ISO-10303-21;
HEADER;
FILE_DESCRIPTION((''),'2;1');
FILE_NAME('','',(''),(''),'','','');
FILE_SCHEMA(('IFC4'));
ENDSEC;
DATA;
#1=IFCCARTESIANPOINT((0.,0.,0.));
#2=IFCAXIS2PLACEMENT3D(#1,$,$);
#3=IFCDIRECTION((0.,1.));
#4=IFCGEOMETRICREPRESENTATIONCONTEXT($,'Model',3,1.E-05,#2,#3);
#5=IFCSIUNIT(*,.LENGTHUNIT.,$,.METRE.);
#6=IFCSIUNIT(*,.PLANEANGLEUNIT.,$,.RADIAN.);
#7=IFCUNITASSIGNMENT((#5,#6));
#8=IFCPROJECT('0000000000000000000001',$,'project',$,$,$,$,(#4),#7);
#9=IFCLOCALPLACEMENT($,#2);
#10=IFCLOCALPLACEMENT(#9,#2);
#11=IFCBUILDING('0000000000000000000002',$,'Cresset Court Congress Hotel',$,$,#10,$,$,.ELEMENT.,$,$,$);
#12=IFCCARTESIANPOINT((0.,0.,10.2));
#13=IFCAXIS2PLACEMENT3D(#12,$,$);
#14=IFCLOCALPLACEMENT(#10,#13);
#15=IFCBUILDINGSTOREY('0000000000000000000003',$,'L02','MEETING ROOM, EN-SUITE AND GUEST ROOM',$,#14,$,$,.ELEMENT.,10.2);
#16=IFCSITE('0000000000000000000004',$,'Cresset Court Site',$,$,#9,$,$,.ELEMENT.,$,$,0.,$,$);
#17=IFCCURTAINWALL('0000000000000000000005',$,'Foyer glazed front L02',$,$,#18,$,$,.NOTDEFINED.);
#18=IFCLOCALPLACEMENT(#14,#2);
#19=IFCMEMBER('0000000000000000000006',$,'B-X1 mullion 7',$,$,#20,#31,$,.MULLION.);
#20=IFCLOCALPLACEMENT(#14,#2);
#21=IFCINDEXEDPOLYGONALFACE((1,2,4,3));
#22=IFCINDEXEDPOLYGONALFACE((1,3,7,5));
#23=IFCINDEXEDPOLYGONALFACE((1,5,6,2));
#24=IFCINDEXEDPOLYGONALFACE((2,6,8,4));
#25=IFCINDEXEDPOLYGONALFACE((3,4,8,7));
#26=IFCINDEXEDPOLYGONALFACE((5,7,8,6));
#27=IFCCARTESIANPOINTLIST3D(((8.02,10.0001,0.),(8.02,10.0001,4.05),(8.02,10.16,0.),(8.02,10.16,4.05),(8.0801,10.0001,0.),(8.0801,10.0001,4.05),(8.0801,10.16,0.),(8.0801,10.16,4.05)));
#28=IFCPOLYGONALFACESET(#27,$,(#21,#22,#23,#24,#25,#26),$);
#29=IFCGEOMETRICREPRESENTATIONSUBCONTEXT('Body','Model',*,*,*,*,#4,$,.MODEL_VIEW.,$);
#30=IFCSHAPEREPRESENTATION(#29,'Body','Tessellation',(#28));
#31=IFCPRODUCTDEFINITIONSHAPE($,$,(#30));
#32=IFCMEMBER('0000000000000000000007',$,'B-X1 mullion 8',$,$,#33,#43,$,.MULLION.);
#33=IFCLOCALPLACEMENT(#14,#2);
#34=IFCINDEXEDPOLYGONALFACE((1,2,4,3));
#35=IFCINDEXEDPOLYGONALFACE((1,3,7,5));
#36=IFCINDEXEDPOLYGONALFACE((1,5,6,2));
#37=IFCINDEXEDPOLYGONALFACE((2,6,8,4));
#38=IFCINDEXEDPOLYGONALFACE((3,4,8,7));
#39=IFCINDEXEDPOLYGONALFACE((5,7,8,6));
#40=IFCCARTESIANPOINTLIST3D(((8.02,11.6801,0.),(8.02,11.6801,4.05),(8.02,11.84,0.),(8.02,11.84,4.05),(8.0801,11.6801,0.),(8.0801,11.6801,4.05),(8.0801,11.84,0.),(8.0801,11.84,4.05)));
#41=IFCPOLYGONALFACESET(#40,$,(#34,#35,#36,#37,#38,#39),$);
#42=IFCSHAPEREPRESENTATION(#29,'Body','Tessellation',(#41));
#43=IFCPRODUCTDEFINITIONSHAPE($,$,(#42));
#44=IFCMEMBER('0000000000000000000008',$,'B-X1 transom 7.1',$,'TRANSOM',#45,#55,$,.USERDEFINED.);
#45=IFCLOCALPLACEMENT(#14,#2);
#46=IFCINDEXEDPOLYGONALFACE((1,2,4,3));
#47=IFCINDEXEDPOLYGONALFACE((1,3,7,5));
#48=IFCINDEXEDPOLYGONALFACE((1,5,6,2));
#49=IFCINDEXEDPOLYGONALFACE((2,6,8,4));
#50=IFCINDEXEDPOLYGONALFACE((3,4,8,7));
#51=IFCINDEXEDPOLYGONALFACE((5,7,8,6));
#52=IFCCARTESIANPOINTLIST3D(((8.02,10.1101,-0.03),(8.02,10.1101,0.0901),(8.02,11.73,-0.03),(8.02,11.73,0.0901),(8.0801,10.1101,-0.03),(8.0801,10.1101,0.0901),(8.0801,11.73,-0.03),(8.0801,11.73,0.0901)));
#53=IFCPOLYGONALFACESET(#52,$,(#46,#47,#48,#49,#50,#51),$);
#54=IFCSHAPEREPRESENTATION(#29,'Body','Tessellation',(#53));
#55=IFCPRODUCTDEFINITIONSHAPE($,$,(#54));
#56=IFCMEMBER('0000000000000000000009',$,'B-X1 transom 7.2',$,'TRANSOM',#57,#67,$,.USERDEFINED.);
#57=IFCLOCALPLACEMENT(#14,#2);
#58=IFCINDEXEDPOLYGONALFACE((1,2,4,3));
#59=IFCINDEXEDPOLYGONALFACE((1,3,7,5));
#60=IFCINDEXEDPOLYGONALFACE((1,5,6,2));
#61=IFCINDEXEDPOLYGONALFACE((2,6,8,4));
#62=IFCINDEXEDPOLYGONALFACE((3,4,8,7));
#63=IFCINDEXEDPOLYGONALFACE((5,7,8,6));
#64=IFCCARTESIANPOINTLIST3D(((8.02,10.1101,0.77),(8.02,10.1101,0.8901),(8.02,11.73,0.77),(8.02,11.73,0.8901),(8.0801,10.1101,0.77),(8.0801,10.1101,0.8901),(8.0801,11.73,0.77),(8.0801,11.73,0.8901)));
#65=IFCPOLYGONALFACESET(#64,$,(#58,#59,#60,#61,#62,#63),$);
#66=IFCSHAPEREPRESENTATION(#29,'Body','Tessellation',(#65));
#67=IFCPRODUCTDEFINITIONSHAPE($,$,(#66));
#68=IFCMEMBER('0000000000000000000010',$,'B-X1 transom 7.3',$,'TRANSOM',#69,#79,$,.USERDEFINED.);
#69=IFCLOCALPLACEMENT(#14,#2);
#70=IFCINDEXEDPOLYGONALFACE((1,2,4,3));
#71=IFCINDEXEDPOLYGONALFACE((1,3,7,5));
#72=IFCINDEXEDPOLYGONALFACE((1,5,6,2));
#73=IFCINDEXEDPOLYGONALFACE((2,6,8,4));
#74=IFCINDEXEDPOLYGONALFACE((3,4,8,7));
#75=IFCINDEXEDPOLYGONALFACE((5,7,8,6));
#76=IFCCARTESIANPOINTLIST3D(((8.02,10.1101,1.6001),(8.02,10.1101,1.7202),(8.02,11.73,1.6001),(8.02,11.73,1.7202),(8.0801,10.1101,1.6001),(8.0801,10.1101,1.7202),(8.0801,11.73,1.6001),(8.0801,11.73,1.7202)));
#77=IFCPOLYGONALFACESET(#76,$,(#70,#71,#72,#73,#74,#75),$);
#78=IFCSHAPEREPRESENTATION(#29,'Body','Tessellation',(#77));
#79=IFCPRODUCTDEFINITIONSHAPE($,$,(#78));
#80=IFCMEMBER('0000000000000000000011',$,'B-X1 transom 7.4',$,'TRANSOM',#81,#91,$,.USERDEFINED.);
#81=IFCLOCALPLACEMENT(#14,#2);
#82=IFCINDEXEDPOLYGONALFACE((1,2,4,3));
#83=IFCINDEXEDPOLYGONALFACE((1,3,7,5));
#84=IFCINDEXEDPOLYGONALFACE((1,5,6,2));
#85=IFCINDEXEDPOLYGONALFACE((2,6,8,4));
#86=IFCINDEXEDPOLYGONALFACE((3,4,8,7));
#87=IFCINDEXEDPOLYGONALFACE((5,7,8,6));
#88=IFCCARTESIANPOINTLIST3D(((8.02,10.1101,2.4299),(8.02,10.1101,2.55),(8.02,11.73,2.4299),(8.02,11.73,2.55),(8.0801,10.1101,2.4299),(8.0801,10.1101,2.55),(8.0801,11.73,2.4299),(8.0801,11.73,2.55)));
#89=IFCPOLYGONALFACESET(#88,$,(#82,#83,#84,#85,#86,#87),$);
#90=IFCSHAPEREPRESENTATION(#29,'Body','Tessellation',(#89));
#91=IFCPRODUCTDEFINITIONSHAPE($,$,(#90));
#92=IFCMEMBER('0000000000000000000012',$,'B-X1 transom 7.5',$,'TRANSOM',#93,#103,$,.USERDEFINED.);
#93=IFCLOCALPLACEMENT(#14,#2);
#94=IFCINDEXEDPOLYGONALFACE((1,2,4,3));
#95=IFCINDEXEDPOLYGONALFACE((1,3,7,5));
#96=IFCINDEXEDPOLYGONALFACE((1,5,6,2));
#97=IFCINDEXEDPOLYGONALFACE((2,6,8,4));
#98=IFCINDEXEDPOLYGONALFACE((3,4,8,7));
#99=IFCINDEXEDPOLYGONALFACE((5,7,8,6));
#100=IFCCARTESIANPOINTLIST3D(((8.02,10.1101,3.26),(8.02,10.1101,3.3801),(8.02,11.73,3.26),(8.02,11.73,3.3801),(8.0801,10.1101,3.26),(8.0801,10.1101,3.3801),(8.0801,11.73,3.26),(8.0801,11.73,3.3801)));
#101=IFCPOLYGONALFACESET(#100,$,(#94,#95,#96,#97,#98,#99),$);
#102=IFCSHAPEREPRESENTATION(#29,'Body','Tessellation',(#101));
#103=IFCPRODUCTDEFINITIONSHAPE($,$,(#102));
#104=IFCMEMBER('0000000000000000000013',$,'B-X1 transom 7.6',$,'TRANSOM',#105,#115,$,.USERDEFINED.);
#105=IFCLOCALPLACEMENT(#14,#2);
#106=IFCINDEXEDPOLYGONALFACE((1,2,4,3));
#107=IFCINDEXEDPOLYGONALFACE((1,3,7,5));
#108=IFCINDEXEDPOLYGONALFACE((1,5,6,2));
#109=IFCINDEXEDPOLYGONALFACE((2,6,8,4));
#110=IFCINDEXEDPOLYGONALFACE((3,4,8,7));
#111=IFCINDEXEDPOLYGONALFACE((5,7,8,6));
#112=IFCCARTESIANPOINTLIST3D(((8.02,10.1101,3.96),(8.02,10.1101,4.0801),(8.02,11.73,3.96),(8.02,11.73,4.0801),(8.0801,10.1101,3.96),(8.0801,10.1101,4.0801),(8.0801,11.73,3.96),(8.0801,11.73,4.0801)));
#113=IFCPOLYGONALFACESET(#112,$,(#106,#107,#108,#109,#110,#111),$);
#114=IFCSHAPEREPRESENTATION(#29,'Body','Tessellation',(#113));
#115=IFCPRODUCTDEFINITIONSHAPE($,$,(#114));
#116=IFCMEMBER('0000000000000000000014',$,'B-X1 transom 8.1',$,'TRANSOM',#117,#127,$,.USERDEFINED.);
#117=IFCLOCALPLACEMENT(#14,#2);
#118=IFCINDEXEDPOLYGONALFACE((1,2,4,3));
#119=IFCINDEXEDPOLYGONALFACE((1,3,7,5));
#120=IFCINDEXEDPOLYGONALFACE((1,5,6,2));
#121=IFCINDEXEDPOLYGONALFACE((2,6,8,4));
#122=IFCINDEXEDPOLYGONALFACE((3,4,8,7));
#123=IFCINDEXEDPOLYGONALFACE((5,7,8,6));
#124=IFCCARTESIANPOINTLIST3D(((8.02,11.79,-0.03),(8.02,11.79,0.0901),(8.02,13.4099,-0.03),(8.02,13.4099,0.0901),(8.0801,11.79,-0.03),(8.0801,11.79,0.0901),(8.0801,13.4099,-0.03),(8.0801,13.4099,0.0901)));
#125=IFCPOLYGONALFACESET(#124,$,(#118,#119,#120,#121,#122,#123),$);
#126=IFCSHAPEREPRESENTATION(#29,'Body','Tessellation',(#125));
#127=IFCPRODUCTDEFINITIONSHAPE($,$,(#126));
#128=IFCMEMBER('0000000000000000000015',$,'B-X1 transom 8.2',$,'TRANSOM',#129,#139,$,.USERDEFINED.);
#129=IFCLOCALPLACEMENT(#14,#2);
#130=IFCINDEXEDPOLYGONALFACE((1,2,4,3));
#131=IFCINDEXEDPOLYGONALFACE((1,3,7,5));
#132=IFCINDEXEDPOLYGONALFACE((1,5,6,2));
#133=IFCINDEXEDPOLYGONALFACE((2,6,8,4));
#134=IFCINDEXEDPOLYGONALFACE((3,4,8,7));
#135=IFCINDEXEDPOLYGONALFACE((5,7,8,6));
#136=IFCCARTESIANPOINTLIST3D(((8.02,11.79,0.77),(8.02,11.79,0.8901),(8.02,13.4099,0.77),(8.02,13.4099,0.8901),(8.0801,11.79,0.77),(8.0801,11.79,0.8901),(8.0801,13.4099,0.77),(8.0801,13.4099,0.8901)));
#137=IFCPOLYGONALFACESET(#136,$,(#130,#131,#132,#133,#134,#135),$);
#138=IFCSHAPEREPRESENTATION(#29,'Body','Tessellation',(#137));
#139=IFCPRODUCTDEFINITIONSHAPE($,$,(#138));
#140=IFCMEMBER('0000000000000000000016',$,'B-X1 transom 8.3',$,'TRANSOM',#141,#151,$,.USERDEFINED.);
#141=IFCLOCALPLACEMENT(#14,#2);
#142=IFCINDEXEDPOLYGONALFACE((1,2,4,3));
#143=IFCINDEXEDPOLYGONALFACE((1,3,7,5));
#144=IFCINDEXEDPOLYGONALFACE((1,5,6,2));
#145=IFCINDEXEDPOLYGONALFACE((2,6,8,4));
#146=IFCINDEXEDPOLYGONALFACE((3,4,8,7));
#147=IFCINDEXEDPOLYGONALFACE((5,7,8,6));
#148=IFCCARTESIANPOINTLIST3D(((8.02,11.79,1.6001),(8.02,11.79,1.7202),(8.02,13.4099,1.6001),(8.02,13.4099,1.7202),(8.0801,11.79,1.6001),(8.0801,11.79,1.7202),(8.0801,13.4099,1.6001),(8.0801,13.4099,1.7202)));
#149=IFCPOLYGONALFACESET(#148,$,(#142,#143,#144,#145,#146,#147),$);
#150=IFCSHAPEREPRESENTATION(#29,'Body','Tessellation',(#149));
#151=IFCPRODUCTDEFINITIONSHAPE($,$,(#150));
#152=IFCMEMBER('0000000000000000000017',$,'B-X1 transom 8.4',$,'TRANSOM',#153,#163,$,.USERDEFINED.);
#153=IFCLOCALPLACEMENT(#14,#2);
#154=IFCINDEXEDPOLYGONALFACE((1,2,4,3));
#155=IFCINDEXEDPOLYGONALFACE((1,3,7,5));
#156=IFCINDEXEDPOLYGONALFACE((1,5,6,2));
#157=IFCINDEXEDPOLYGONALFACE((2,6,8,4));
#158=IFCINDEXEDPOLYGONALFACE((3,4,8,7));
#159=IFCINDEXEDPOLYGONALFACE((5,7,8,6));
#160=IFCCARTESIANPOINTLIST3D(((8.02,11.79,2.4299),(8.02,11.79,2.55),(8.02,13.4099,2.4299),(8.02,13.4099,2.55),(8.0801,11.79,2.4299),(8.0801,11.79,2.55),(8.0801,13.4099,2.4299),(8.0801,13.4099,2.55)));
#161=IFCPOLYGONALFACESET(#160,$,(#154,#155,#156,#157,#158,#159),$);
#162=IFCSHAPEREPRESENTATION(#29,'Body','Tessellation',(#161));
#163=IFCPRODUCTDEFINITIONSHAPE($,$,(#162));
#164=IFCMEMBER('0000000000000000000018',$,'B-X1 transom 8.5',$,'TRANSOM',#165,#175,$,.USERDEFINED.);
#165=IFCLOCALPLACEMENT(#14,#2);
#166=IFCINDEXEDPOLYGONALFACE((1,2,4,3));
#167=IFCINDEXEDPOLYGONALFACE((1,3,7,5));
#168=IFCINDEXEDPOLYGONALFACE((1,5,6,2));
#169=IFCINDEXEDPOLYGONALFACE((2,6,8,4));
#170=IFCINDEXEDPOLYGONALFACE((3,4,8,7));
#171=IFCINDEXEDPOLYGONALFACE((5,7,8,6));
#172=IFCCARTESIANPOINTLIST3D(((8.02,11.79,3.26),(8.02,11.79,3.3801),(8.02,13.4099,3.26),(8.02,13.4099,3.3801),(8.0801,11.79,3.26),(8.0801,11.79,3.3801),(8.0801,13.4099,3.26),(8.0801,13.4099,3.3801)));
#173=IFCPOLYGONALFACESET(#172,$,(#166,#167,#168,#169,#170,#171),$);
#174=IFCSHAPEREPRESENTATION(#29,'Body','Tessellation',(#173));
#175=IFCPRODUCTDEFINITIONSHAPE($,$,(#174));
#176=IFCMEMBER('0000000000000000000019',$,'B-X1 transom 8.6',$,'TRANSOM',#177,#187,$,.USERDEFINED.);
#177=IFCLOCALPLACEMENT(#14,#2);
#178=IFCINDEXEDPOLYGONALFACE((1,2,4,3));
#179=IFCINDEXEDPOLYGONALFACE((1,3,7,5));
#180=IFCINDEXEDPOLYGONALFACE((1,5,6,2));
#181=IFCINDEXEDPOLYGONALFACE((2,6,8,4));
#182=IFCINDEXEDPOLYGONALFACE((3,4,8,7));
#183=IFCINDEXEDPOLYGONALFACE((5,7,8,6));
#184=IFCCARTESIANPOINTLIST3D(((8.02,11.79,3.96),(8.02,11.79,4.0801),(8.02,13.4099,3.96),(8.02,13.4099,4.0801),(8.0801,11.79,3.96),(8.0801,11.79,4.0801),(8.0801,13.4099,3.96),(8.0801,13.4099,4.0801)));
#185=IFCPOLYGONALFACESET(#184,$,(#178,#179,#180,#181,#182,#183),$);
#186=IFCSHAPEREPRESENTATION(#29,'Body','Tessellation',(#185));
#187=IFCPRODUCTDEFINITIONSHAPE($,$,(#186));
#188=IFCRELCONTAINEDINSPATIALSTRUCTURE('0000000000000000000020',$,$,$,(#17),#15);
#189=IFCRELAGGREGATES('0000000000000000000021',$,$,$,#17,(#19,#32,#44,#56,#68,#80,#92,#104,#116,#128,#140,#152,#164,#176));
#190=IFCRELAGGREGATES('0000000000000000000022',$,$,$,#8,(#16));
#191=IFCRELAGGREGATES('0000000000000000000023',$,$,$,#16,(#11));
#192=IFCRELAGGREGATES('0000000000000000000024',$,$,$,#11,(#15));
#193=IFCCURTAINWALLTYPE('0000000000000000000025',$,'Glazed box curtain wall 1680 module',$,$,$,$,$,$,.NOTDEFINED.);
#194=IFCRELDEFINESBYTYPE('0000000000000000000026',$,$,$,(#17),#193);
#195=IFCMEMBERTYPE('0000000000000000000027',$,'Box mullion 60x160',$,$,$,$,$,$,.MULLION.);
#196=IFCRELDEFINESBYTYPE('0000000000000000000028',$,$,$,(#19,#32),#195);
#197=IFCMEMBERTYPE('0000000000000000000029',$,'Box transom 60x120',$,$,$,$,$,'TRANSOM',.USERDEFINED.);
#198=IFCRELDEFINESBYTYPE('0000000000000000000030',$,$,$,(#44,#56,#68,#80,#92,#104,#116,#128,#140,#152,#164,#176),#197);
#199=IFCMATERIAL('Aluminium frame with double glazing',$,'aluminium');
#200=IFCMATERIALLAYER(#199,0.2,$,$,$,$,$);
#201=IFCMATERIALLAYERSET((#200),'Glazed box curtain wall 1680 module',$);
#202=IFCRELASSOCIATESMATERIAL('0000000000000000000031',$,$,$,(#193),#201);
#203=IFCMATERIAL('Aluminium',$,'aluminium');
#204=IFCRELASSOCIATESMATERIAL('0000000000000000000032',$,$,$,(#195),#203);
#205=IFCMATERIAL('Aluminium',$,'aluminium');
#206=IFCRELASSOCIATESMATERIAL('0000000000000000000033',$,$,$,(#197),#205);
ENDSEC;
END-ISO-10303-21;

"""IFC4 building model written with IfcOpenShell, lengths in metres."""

from ifc_helpers import new_model, si_unit, direction, frame, origin, origin_2d, place, context, subcontext, project, spatial, rectangle, extrude, material, layer, layer_set, material_profile, profile_set, type_object, element, aggregate, save


model = new_model("IFC4")

# Units and contexts
model_context = context("Model", 3, precision=1e-05, world=origin(), true_north=direction((0.0, 1.0)))
body_context = subcontext(model_context, "Body", "Model", "MODEL_VIEW")
ifc_project = project(units=[si_unit("LENGTHUNIT", "METRE"), si_unit("PLANEANGLEUNIT", "RADIAN")], contexts=[model_context])

# Site, building, storey
site_placement = place(None, origin())
site = spatial("IfcSite", under=ifc_project, at=site_placement, Name="Cresset Court Site", CompositionType="ELEMENT", RefElevation=0.0)
building_placement = place(site_placement, origin())
building = spatial("IfcBuilding", under=site, at=building_placement, Name="Cresset Court Congress Hotel", CompositionType="ELEMENT")
storey_placement = place(building_placement, frame((0.0, 0.0, 10.2)))
storey = spatial("IfcBuildingStorey", under=building, at=storey_placement, Name="L02", Description="MEETING ROOM, EN-SUITE AND GUEST ROOM", CompositionType="ELEMENT", Elevation=10.2)

# Curtain wall, members
ifc_material_1 = material(Name="Aluminium frame with double glazing", Category="aluminium")
ifc_layer_1 = layer(ifc_material_1, 0.2)
ifc_layer_set_1 = layer_set([ifc_layer_1], Name="Glazed box curtain wall 1680 module")
curtain_wall_type = type_object("IfcCurtainWallType", Name="Glazed box curtain wall 1680 module", PredefinedType="NOTDEFINED", material=ifc_layer_set_1)
curtain_wall_placement = place(storey_placement, origin())
curtain_wall = element("IfcCurtainWall", 1, at=curtain_wall_placement, inside=storey, type_object=curtain_wall_type, Name="Foyer glazed front L02", PredefinedType="NOTDEFINED")
ifc_material_2 = material(Name="Aluminium", Category="aluminium")
ifc_material_profile_1 = material_profile(ifc_material_2, rectangle(XDim=0.0601, YDim=0.1599, at=origin_2d()), Name="Box mullion 60x160")
ifc_profile_set_1 = profile_set([ifc_material_profile_1], Name="Aluminium")
member_type_1 = type_object("IfcMemberType", Name="Box mullion 60x160", PredefinedType="MULLION", material=ifc_profile_set_1)
member_1_placement = place(storey_placement, frame((8.05, 10.0801, 0.0), z_axis=(0.0, 0.0, 1.0), x_axis=(-1.0, 0.0, 0.0)))
member_1 = element("IfcMember", 2, at=member_1_placement, type_object=member_type_1, Name="B-X1 mullion 7", PredefinedType="MULLION", context=body_context, shape_type="SweptSolid", body=[
    extrude(rectangle(XDim=0.0601, YDim=0.1599, at=origin_2d()), origin(), (0.0, 0.0, 1.0), 4.05),
])
member_2_placement = place(storey_placement, frame((8.05, 11.76, 0.0), z_axis=(0.0, 0.0, 1.0), x_axis=(-1.0, 0.0, 0.0)))
member_2 = element("IfcMember", 3, at=member_2_placement, type_object=member_type_1, Name="B-X1 mullion 8", PredefinedType="MULLION", context=body_context, shape_type="SweptSolid", body=[
    extrude(rectangle(XDim=0.0601, YDim=0.1599, at=origin_2d()), origin(), (0.0, 0.0, 1.0), 4.05),
])
ifc_material_3 = material(Name="Aluminium", Category="aluminium")
ifc_material_profile_2 = material_profile(ifc_material_3, rectangle(XDim=0.0601, YDim=0.1201, at=origin_2d()), Name="Box transom 60x120")
ifc_profile_set_2 = profile_set([ifc_material_profile_2], Name="Aluminium")
member_type_2 = type_object("IfcMemberType", Name="Box transom 60x120", ElementType="TRANSOM", PredefinedType="USERDEFINED", material=ifc_profile_set_2)
member_3_placement = place(storey_placement, frame((8.05, 10.1101, 0.03), z_axis=(0.0, 1.0, 0.0), x_axis=(-1.0, 0.0, 0.0)))
member_3 = element("IfcMember", 4, at=member_3_placement, type_object=member_type_2, Name="B-X1 transom 7.1", ObjectType="TRANSOM", PredefinedType="USERDEFINED", context=body_context, shape_type="SweptSolid", body=[
    extrude(rectangle(XDim=0.0601, YDim=0.1201, at=origin_2d()), origin(), (0.0, 0.0, 1.0), 1.6199),
])
member_4_placement = place(storey_placement, frame((8.05, 10.1101, 0.8301), z_axis=(0.0, 1.0, 0.0), x_axis=(-1.0, 0.0, 0.0)))
member_4 = element("IfcMember", 5, at=member_4_placement, type_object=member_type_2, Name="B-X1 transom 7.2", ObjectType="TRANSOM", PredefinedType="USERDEFINED", context=body_context, shape_type="SweptSolid", body=[
    extrude(rectangle(XDim=0.0601, YDim=0.1201, at=origin_2d()), origin(), (0.0, 0.0, 1.0), 1.6199),
])
member_5_placement = place(storey_placement, frame((8.05, 10.1101, 1.6602), z_axis=(0.0, 1.0, 0.0), x_axis=(-1.0, 0.0, 0.0)))
member_5 = element("IfcMember", 6, at=member_5_placement, type_object=member_type_2, Name="B-X1 transom 7.3", ObjectType="TRANSOM", PredefinedType="USERDEFINED", context=body_context, shape_type="SweptSolid", body=[
    extrude(rectangle(XDim=0.0601, YDim=0.1201, at=origin_2d()), origin(), (0.0, 0.0, 1.0), 1.6199),
])
member_6_placement = place(storey_placement, frame((8.05, 10.1101, 2.49), z_axis=(0.0, 1.0, 0.0), x_axis=(-1.0, 0.0, 0.0)))
member_6 = element("IfcMember", 7, at=member_6_placement, type_object=member_type_2, Name="B-X1 transom 7.4", ObjectType="TRANSOM", PredefinedType="USERDEFINED", context=body_context, shape_type="SweptSolid", body=[
    extrude(rectangle(XDim=0.0601, YDim=0.1201, at=origin_2d()), origin(), (0.0, 0.0, 1.0), 1.6199),
])
member_7_placement = place(storey_placement, frame((8.05, 10.1101, 3.3201), z_axis=(0.0, 1.0, 0.0), x_axis=(-1.0, 0.0, 0.0)))
member_7 = element("IfcMember", 8, at=member_7_placement, type_object=member_type_2, Name="B-X1 transom 7.5", ObjectType="TRANSOM", PredefinedType="USERDEFINED", context=body_context, shape_type="SweptSolid", body=[
    extrude(rectangle(XDim=0.0601, YDim=0.1201, at=origin_2d()), origin(), (0.0, 0.0, 1.0), 1.6199),
])
member_8_placement = place(storey_placement, frame((8.05, 10.1101, 4.02), z_axis=(0.0, 1.0, 0.0), x_axis=(-1.0, 0.0, 0.0)))
member_8 = element("IfcMember", 9, at=member_8_placement, type_object=member_type_2, Name="B-X1 transom 7.6", ObjectType="TRANSOM", PredefinedType="USERDEFINED", context=body_context, shape_type="SweptSolid", body=[
    extrude(rectangle(XDim=0.0601, YDim=0.1201, at=origin_2d()), origin(), (0.0, 0.0, 1.0), 1.6199),
])
member_9_placement = place(storey_placement, frame((8.05, 11.79, 0.03), z_axis=(0.0, 1.0, 0.0), x_axis=(-1.0, 0.0, 0.0)))
member_9 = element("IfcMember", 10, at=member_9_placement, type_object=member_type_2, Name="B-X1 transom 8.1", ObjectType="TRANSOM", PredefinedType="USERDEFINED", context=body_context, shape_type="SweptSolid", body=[
    extrude(rectangle(XDim=0.0601, YDim=0.1201, at=origin_2d()), origin(), (0.0, 0.0, 1.0), 1.6199),
])
member_10_placement = place(storey_placement, frame((8.05, 11.79, 0.8301), z_axis=(0.0, 1.0, 0.0), x_axis=(-1.0, 0.0, 0.0)))
member_10 = element("IfcMember", 11, at=member_10_placement, type_object=member_type_2, Name="B-X1 transom 8.2", ObjectType="TRANSOM", PredefinedType="USERDEFINED", context=body_context, shape_type="SweptSolid", body=[
    extrude(rectangle(XDim=0.0601, YDim=0.1201, at=origin_2d()), origin(), (0.0, 0.0, 1.0), 1.6199),
])
member_11_placement = place(storey_placement, frame((8.05, 11.79, 1.6602), z_axis=(0.0, 1.0, 0.0), x_axis=(-1.0, 0.0, 0.0)))
member_11 = element("IfcMember", 12, at=member_11_placement, type_object=member_type_2, Name="B-X1 transom 8.3", ObjectType="TRANSOM", PredefinedType="USERDEFINED", context=body_context, shape_type="SweptSolid", body=[
    extrude(rectangle(XDim=0.0601, YDim=0.1201, at=origin_2d()), origin(), (0.0, 0.0, 1.0), 1.6199),
])
member_12_placement = place(storey_placement, frame((8.05, 11.79, 2.49), z_axis=(0.0, 1.0, 0.0), x_axis=(-1.0, 0.0, 0.0)))
member_12 = element("IfcMember", 13, at=member_12_placement, type_object=member_type_2, Name="B-X1 transom 8.4", ObjectType="TRANSOM", PredefinedType="USERDEFINED", context=body_context, shape_type="SweptSolid", body=[
    extrude(rectangle(XDim=0.0601, YDim=0.1201, at=origin_2d()), origin(), (0.0, 0.0, 1.0), 1.6199),
])
member_13_placement = place(storey_placement, frame((8.05, 11.79, 3.3201), z_axis=(0.0, 1.0, 0.0), x_axis=(-1.0, 0.0, 0.0)))
member_13 = element("IfcMember", 14, at=member_13_placement, type_object=member_type_2, Name="B-X1 transom 8.5", ObjectType="TRANSOM", PredefinedType="USERDEFINED", context=body_context, shape_type="SweptSolid", body=[
    extrude(rectangle(XDim=0.0601, YDim=0.1201, at=origin_2d()), origin(), (0.0, 0.0, 1.0), 1.6199),
])
member_14_placement = place(storey_placement, frame((8.05, 11.79, 4.02), z_axis=(0.0, 1.0, 0.0), x_axis=(-1.0, 0.0, 0.0)))
member_14 = element("IfcMember", 15, at=member_14_placement, type_object=member_type_2, Name="B-X1 transom 8.6", ObjectType="TRANSOM", PredefinedType="USERDEFINED", context=body_context, shape_type="SweptSolid", body=[
    extrude(rectangle(XDim=0.0601, YDim=0.1201, at=origin_2d()), origin(), (0.0, 0.0, 1.0), 1.6199),
])
aggregate(curtain_wall, [member_1, member_2, member_3, member_4, member_5, member_6, member_7, member_8, member_9, member_10, member_11, member_12, member_13, member_14])

save(model, "model.ifc")
